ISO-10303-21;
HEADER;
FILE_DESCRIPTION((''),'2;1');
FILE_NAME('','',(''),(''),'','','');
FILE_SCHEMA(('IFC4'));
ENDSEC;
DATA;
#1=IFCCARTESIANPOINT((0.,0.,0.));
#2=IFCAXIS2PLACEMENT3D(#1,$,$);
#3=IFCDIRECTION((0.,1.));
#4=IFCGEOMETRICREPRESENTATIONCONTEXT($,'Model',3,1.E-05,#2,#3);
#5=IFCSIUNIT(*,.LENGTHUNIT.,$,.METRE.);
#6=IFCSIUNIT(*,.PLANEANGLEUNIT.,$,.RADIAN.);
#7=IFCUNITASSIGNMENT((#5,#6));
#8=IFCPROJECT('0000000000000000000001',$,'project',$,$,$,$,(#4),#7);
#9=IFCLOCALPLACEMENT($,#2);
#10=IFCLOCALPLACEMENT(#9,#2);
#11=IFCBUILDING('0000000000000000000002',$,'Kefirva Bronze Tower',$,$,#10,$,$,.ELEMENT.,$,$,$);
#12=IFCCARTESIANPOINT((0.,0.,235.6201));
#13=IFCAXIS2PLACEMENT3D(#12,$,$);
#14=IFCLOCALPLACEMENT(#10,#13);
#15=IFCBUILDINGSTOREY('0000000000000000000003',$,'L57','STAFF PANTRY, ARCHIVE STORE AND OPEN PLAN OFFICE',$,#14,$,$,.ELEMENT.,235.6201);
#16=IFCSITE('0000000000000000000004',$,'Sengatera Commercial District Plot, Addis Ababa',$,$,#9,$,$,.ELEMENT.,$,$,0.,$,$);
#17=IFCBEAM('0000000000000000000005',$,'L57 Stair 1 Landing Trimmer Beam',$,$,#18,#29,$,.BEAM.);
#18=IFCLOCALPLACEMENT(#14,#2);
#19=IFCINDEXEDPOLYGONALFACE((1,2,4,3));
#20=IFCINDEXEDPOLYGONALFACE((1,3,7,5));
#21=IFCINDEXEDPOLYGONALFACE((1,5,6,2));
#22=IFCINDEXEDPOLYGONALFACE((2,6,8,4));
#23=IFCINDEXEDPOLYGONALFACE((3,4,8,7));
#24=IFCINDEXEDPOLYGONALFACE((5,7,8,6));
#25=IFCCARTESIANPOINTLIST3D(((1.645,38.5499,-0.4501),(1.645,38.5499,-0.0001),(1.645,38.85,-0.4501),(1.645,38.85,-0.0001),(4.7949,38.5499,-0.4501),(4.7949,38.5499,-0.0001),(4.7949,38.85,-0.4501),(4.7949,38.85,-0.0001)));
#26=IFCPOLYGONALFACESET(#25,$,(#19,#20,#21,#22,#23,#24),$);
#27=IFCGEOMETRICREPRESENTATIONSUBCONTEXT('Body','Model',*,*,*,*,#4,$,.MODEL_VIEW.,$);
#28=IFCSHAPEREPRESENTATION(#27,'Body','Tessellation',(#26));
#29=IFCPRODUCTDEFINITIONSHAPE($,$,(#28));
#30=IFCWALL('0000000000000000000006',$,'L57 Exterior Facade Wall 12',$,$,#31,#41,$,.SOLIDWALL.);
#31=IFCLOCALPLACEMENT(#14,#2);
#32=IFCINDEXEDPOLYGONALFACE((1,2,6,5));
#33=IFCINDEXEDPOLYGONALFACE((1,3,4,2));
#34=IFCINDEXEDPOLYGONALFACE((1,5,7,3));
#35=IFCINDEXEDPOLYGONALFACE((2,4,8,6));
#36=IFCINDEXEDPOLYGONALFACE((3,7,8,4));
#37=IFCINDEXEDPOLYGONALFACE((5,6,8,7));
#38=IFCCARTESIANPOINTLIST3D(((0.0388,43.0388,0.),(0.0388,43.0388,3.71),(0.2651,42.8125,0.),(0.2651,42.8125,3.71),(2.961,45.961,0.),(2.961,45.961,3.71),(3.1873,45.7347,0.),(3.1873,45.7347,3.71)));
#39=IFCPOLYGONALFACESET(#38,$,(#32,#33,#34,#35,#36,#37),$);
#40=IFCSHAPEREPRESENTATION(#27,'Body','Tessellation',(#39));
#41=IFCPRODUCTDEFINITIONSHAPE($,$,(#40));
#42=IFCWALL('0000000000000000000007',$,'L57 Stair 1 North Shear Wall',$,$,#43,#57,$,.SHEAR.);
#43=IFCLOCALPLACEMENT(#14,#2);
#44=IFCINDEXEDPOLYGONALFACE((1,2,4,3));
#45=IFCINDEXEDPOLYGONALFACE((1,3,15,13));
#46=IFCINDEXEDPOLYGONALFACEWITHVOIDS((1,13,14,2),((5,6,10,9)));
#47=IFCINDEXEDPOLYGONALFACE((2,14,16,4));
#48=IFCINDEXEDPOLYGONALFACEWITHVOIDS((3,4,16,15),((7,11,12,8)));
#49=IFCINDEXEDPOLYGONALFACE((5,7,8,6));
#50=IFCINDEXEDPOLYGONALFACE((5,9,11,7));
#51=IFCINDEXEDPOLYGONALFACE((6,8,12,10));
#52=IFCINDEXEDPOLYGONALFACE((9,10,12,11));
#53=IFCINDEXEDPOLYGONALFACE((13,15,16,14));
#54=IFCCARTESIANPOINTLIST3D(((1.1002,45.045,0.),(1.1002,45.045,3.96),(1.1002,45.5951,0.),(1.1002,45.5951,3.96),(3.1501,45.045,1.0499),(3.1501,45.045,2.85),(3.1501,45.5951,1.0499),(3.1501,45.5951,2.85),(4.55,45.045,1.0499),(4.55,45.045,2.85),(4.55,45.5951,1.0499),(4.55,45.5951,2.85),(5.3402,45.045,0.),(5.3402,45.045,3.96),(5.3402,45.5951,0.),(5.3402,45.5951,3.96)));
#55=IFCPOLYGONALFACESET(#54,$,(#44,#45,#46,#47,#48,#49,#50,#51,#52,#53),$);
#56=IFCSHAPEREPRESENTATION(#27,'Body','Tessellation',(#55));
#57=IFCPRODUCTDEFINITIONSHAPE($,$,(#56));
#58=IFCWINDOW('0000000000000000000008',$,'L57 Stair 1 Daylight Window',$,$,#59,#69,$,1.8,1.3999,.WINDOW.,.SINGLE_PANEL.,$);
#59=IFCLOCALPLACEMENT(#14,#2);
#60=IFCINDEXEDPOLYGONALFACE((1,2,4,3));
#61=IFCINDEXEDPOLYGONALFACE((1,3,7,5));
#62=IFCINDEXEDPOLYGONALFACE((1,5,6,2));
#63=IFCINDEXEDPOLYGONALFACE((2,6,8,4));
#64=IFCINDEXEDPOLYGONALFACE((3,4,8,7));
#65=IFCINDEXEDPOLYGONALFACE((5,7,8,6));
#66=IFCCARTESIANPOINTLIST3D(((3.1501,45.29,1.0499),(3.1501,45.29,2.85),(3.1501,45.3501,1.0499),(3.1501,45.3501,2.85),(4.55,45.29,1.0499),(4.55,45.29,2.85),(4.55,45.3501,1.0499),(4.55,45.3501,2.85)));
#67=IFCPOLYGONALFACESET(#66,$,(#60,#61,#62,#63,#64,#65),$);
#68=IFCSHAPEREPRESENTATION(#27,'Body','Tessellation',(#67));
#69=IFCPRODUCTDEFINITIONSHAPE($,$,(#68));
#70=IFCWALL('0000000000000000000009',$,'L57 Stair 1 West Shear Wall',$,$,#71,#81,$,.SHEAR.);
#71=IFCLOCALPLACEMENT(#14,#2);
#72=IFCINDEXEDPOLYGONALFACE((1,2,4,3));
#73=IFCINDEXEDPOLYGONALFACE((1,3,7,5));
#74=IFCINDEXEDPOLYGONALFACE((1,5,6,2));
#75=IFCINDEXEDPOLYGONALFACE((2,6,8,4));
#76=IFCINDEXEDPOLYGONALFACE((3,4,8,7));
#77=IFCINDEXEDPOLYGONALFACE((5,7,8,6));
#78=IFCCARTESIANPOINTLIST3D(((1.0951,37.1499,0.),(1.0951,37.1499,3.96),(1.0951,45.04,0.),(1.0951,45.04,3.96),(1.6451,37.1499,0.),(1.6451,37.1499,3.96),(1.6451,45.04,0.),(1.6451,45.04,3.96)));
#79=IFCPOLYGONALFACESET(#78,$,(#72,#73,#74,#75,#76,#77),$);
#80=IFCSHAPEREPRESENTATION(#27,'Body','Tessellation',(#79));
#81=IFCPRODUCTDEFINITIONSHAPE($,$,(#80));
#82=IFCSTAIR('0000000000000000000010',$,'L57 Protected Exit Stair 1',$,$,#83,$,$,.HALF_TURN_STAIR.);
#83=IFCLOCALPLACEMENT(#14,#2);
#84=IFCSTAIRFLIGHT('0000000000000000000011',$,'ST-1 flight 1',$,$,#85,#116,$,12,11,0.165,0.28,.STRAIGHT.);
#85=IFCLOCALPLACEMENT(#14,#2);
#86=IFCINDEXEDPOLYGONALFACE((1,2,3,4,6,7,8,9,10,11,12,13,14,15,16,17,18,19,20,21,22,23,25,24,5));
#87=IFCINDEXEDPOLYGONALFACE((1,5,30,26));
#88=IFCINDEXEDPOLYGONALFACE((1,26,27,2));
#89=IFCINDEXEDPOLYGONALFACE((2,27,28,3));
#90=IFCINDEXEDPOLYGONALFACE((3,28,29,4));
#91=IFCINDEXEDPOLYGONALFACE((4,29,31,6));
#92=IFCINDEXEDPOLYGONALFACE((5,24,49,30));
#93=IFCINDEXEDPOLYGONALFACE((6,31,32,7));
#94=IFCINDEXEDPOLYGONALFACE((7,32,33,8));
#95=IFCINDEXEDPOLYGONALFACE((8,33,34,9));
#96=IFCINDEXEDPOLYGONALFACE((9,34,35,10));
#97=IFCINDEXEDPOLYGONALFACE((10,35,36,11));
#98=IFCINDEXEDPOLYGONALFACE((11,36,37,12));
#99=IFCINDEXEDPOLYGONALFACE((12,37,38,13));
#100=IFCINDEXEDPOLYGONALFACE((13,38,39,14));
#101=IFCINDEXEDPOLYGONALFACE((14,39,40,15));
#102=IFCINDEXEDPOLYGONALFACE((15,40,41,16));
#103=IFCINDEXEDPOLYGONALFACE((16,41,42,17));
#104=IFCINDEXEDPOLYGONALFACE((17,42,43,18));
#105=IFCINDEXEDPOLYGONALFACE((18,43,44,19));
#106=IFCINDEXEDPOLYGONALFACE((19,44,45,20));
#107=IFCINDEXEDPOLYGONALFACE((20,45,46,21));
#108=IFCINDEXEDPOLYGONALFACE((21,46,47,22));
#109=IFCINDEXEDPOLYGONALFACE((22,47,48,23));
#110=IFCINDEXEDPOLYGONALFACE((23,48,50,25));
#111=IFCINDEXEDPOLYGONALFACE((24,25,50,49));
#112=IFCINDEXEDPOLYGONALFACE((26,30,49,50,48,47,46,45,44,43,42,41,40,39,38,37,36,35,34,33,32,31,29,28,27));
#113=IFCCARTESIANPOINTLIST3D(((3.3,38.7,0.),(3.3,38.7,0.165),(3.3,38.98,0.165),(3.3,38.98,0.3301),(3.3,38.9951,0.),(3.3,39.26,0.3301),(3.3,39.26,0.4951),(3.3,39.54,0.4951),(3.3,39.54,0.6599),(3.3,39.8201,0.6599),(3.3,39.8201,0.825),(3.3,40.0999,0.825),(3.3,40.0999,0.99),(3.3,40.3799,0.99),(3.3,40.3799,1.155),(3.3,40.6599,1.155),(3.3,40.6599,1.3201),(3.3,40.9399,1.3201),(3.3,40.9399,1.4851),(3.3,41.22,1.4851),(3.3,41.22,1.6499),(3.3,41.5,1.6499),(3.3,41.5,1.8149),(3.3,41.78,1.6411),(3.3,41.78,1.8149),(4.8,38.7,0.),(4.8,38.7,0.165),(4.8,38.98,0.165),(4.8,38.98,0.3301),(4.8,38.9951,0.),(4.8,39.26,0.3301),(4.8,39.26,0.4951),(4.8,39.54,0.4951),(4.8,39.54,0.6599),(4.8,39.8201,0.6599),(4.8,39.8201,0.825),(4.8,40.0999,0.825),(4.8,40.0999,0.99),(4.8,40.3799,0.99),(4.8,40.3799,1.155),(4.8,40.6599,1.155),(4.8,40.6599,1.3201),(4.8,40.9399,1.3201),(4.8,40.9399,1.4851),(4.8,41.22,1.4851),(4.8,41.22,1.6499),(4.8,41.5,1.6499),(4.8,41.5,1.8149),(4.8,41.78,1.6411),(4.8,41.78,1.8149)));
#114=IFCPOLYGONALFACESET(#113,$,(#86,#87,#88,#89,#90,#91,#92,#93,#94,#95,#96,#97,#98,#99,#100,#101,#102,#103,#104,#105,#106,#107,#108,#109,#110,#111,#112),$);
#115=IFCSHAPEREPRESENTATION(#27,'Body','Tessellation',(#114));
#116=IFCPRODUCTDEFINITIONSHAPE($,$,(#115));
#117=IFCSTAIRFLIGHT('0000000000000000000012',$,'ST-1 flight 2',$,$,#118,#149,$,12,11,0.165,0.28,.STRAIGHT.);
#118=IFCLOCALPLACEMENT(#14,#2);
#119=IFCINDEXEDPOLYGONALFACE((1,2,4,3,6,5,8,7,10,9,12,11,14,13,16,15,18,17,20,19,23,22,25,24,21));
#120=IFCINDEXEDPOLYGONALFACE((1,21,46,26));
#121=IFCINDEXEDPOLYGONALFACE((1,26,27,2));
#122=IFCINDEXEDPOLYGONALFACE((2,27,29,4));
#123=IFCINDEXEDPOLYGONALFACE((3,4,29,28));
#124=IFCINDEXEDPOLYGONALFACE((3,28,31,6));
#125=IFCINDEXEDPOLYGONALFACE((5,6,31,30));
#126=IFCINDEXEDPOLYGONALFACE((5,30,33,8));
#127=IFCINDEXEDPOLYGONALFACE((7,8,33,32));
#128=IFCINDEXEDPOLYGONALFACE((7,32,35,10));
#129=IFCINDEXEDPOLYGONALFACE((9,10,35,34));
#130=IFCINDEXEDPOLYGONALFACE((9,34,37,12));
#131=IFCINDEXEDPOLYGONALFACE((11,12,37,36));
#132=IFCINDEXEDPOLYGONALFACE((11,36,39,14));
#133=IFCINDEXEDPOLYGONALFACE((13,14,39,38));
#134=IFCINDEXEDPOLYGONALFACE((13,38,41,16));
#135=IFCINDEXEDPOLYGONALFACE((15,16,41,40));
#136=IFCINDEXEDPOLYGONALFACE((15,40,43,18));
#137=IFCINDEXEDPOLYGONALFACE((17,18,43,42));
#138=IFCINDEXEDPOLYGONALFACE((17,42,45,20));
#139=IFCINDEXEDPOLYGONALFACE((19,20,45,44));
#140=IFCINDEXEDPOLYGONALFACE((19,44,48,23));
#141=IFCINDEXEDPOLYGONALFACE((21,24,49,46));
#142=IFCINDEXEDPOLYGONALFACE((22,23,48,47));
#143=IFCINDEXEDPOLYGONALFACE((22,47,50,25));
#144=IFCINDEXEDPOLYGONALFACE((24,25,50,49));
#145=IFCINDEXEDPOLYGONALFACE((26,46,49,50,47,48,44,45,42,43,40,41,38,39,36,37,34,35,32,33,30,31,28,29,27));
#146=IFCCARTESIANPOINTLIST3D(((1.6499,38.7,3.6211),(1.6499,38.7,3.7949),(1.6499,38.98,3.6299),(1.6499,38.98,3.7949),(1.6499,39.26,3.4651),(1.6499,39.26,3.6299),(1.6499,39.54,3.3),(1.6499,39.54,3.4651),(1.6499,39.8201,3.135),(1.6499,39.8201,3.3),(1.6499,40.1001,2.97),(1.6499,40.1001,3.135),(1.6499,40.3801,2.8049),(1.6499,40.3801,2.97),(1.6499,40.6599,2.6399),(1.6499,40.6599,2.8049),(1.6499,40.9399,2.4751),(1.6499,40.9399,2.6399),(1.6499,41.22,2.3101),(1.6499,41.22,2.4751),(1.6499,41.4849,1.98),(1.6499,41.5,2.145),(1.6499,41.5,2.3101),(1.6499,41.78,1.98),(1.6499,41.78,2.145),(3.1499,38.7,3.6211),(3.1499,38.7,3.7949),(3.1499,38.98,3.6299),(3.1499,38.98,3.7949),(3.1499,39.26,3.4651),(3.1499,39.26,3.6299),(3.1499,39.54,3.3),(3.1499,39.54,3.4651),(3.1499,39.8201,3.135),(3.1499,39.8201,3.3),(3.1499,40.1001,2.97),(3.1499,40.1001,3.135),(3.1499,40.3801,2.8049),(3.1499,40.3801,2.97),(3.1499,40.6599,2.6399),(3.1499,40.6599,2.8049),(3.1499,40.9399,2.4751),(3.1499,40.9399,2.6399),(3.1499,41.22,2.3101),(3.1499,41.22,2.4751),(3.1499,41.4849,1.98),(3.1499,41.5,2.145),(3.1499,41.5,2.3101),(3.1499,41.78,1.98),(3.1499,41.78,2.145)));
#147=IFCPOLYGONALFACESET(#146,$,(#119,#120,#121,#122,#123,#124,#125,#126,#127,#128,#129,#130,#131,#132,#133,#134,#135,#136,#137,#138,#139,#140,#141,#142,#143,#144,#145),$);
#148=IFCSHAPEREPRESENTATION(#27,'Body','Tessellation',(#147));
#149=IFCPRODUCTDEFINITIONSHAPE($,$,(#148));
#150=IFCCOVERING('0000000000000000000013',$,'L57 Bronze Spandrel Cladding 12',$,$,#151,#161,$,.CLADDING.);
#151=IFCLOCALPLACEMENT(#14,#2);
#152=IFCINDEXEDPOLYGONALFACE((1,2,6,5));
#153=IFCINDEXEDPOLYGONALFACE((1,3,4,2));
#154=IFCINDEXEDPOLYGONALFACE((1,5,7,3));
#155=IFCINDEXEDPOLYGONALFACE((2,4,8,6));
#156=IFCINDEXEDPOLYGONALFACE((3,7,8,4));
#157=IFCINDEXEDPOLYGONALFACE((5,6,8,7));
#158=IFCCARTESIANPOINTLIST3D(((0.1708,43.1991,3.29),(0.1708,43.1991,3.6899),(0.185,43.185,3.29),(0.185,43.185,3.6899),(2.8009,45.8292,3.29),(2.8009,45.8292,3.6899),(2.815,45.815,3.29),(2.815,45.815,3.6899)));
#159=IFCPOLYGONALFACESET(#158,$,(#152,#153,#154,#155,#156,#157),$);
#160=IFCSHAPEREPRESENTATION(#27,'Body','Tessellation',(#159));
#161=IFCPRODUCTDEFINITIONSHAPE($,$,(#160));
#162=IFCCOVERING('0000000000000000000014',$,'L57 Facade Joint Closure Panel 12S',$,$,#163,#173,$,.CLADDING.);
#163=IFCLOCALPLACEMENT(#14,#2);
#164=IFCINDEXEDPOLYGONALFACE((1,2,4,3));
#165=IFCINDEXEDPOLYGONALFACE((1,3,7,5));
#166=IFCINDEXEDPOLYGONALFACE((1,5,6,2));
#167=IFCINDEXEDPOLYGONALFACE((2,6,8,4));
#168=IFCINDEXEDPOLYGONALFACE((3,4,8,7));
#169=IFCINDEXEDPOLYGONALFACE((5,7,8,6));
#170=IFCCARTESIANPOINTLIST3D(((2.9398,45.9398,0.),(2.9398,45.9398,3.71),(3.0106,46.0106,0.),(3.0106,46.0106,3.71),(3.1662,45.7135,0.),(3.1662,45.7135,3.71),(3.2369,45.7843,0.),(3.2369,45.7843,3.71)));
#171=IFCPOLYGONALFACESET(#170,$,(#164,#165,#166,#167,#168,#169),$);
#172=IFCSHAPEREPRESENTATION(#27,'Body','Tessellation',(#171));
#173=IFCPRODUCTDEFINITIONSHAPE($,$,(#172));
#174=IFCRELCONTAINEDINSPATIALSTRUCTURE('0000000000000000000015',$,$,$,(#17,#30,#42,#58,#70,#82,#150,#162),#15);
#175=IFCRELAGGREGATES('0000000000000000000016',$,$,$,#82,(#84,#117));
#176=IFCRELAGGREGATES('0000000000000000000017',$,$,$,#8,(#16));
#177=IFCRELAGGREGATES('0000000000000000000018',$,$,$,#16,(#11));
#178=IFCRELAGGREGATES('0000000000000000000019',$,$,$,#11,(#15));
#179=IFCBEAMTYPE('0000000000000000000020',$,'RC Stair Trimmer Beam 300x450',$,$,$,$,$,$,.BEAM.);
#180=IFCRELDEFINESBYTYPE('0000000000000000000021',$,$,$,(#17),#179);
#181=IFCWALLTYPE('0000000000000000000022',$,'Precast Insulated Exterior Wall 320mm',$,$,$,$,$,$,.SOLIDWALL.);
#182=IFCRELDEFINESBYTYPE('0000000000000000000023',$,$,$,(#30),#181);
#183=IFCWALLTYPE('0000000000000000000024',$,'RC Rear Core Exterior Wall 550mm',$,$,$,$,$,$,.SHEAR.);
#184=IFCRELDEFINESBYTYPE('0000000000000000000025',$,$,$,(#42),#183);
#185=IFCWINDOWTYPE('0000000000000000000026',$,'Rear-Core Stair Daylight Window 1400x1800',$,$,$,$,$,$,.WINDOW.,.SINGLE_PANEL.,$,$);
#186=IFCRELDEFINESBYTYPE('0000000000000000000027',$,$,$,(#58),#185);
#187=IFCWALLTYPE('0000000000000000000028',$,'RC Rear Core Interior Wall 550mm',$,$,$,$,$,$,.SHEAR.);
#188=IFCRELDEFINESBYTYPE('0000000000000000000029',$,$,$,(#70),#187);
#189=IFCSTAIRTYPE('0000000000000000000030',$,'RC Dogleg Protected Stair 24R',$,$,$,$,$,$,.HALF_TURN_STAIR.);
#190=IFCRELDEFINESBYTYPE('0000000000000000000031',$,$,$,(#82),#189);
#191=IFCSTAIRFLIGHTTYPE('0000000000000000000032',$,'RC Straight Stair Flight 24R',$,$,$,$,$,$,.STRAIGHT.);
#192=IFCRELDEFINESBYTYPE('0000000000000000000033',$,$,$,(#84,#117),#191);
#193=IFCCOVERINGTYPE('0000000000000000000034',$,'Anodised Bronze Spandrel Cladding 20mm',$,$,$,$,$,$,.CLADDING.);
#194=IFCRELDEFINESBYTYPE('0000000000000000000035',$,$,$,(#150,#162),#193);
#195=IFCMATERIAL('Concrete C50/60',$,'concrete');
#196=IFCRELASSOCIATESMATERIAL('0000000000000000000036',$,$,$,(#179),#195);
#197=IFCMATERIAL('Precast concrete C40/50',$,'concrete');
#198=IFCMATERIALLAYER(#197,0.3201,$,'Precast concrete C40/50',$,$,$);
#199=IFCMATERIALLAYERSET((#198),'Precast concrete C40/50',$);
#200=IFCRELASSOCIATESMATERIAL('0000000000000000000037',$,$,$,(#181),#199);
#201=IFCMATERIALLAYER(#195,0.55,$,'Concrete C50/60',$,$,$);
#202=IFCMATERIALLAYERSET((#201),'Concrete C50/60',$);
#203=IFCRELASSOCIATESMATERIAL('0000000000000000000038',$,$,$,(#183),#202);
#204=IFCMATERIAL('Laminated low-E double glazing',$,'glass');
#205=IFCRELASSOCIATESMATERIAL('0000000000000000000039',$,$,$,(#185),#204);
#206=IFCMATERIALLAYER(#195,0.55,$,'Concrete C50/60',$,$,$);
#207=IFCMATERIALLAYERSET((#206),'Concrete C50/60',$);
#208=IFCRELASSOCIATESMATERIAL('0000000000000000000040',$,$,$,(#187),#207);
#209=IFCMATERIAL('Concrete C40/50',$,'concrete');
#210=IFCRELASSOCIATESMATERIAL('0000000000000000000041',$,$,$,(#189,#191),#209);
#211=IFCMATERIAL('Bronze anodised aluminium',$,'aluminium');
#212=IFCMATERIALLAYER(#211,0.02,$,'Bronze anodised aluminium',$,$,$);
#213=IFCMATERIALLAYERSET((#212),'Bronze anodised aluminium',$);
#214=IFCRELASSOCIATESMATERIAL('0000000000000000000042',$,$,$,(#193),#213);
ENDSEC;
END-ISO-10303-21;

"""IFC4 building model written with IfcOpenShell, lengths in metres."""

from ifc_helpers import new_model, si_unit, direction, frame, frame_2d, origin, origin_2d, place, context, subcontext, project, spatial, polyline, rectangle, outline, extrude, material, layer, layer_set, material_profile, profile_set, type_object, element, fill, aggregate, save


model = new_model("IFC4")

# Units and contexts
model_context = context("Model", 3, precision=1e-05, world=origin(), true_north=direction((0.0, 1.0)))
body_context = subcontext(model_context, "Body", "Model", "MODEL_VIEW")
ifc_project = project(units=[si_unit("LENGTHUNIT", "METRE"), si_unit("PLANEANGLEUNIT", "RADIAN")], contexts=[model_context])

# Site, building, storey
site_placement = place(None, origin())
site = spatial("IfcSite", under=ifc_project, at=site_placement, Name="Sengatera Commercial District Plot, Addis Ababa", CompositionType="ELEMENT", RefElevation=0.0)
building_placement = place(site_placement, origin())
building = spatial("IfcBuilding", under=site, at=building_placement, Name="Kefirva Bronze Tower", CompositionType="ELEMENT")
storey_placement = place(building_placement, frame((0.0, 0.0, 235.6201)))
storey = spatial("IfcBuildingStorey", under=building, at=storey_placement, Name="L57", Description="STAFF PANTRY, ARCHIVE STORE AND OPEN PLAN OFFICE", CompositionType="ELEMENT", Elevation=235.6201)

# Beam
ifc_material_1 = material(Name="Concrete C50/60", Category="concrete")
ifc_material_profile = material_profile(ifc_material_1, rectangle(XDim=0.3, YDim=0.45, at=origin_2d()), Name="RC 300x450")
ifc_profile_set = profile_set([ifc_material_profile], Name="Concrete C50/60")
beam_type = type_object("IfcBeamType", Name="RC Stair Trimmer Beam 300x450", PredefinedType="BEAM", material=ifc_profile_set)
beam_placement = place(storey_placement, frame((1.645, 38.7, -0.2251), z_axis=(1.0, 0.0, 0.0), x_axis=(0.0, 1.0, 0.0)))
element("IfcBeam", 1, at=beam_placement, inside=storey, type_object=beam_type, Name="L57 Stair 1 Landing Trimmer Beam", PredefinedType="BEAM", context=body_context, shape_type="SweptSolid", body=[
    extrude(rectangle(XDim=0.3, YDim=0.45, at=origin_2d()), origin(), (0.0, 0.0, 1.0), 3.1499),
])

# Wall
ifc_material_2 = material(Name="Precast concrete C40/50", Category="concrete")
ifc_layer_1 = layer(ifc_material_2, 0.3201, Name="Precast concrete C40/50")
ifc_layer_set_1 = layer_set([ifc_layer_1], Name="Precast concrete C40/50")
wall_type_1 = type_object("IfcWallType", Name="Precast Insulated Exterior Wall 320mm", PredefinedType="SOLIDWALL", material=ifc_layer_set_1)
wall_1_placement = place(storey_placement, frame((3.0742, 45.8479, 0.0), z_axis=(0.0, 0.0, 1.0), x_axis=(-0.707107, -0.707107, 0.0)))
element("IfcWall", 2, at=wall_1_placement, inside=storey, type_object=wall_type_1, Name="L57 Exterior Facade Wall 12", PredefinedType="SOLIDWALL", context=body_context, shape_type="SweptSolid", body=[
    extrude(rectangle(XDim=4.1326, YDim=0.3201, at=frame_2d((2.0664, 0.0))), origin(), (0.0, 0.0, 1.0), 3.71),
])

# Wall, opening, window
ifc_layer_2 = layer(ifc_material_1, 0.55, Name="Concrete C50/60")
ifc_layer_set_2 = layer_set([ifc_layer_2], Name="Concrete C50/60")
wall_type_2 = type_object("IfcWallType", Name="RC Rear Core Exterior Wall 550mm", PredefinedType="SHEAR", material=ifc_layer_set_2)
wall_2_placement = place(storey_placement, frame((1.1001, 45.3201, 0.0), z_axis=(0.0, 0.0, 1.0), x_axis=(1.0, 0.0, 0.0)))
wall_2 = element("IfcWall", 3, at=wall_2_placement, inside=storey, type_object=wall_type_2, Name="L57 Stair 1 North Shear Wall", PredefinedType="SHEAR", context=body_context, shape_type="SweptSolid", body=[
    extrude(rectangle(XDim=4.24, YDim=0.55, at=frame_2d((2.1201, 0.0))), origin(), (0.0, 0.0, 1.0), 3.96),
])
opening_1_placement = place(wall_2_placement, frame((2.05, 0.0, 1.05)))
opening_1 = element("IfcOpeningElement", 4, at=opening_1_placement, cuts=wall_2, PredefinedType="OPENING", context=body_context, shape_type="SweptSolid", body=[
    extrude(rectangle(XDim=1.3999, YDim=1.8, at=frame_2d((0.7, 0.8999))), frame((0.0, 0.2852, 0.0), z_axis=(0.0, -1.0, 0.0), x_axis=(1.0, 0.0, 0.0)), (0.0, 0.0, 1.0), 0.5701),
])
ifc_material_3 = material(Name="Laminated low-E double glazing", Category="glass")
window_type = type_object("IfcWindowType", Name="Rear-Core Stair Daylight Window 1400x1800", PartitioningType="SINGLE_PANEL", PredefinedType="WINDOW", material=ifc_material_3)
window_placement = place(opening_1_placement, origin())
window = element("IfcWindow", 5, at=window_placement, inside=storey, type_object=window_type, Name="L57 Stair 1 Daylight Window", OverallHeight=1.8, OverallWidth=1.3999, PartitioningType="SINGLE_PANEL", PredefinedType="WINDOW", context=body_context, shape_type="SweptSolid", body=[
    extrude(rectangle(XDim=1.3999, YDim=1.8, at=frame_2d((0.7, 0.8999))), frame((0.0, 0.03, 0.0), z_axis=(0.0, -1.0, 0.0), x_axis=(1.0, 0.0, 0.0)), (0.0, 0.0, 1.0), 0.0601),
])
fill(opening_1, window)

# Wall
ifc_layer_3 = layer(ifc_material_1, 0.55, Name="Concrete C50/60")
ifc_layer_set_3 = layer_set([ifc_layer_3], Name="Concrete C50/60")
wall_type_3 = type_object("IfcWallType", Name="RC Rear Core Interior Wall 550mm", PredefinedType="SHEAR", material=ifc_layer_set_3)
wall_3_placement = place(storey_placement, frame((1.3701, 37.1499, 0.0), z_axis=(0.0, 0.0, 1.0), x_axis=(0.0, 1.0, 0.0)))
element("IfcWall", 6, at=wall_3_placement, inside=storey, type_object=wall_type_3, Name="L57 Stair 1 West Shear Wall", PredefinedType="SHEAR", context=body_context, shape_type="SweptSolid", body=[
    extrude(rectangle(XDim=7.8901, YDim=0.55, at=frame_2d((3.9451, 0.0))), origin(), (0.0, 0.0, 1.0), 3.96),
])

# Stair, stair flights
ifc_material_4 = material(Name="Concrete C40/50", Category="concrete")
stair_type = type_object("IfcStairType", Name="RC Dogleg Protected Stair 24R", PredefinedType="HALF_TURN_STAIR", material=ifc_material_4)
stair_placement = place(storey_placement, origin())
stair = element("IfcStair", 7, at=stair_placement, inside=storey, type_object=stair_type, Name="L57 Protected Exit Stair 1", PredefinedType="HALF_TURN_STAIR")
stair_flight_type = type_object("IfcStairFlightType", Name="RC Straight Stair Flight 24R", PredefinedType="STRAIGHT", material=ifc_material_4)
stair_flight_1_placement = place(storey_placement, frame((4.05, 38.7, 0.0), z_axis=(0.0, 0.0, 1.0), x_axis=(0.0, 1.0, 0.0)))
stair_flight_1 = element("IfcStairFlight", 8, at=stair_flight_1_placement, type_object=stair_flight_type, Name="ST-1 flight 1", NumberOfRisers=12, NumberOfTreads=11, PredefinedType="STRAIGHT", RiserHeight=0.165, TreadLength=0.28, context=body_context, shape_type="SweptSolid", body=[
    extrude(outline(polyline([(0.0, 0.0), (0.0, 0.165), (0.28, 0.165), (0.28, 0.3301), (0.5601, 0.3301), (0.5601, 0.4951), (0.8401, 0.4951), (0.8401, 0.6599), (1.1201, 0.6599), (1.1201, 0.825), (1.3999, 0.825), (1.3999, 0.99), (1.6799, 0.99), (1.6799, 1.155), (1.96, 1.155), (1.96, 1.3201), (2.24, 1.3201), (2.24, 1.4851), (2.52, 1.4851), (2.52, 1.6499), (2.8, 1.6499), (2.8, 1.8149), (3.0801, 1.8149), (3.0801, 1.98), (3.0801, 1.6411), (0.2952, 0.0), (0.0, 0.0)])), frame((0.0, 0.75, 0.0), z_axis=(0.0, -1.0, 0.0), x_axis=(1.0, 0.0, 0.0)), (0.0, 0.0, 1.0), 1.5),
])
stair_flight_2_placement = place(storey_placement, frame((2.3999, 41.78, 1.98), z_axis=(0.0, 0.0, 1.0), x_axis=(0.0, -1.0, 0.0)))
stair_flight_2 = element("IfcStairFlight", 9, at=stair_flight_2_placement, type_object=stair_flight_type, Name="ST-1 flight 2", NumberOfRisers=12, NumberOfTreads=11, PredefinedType="STRAIGHT", RiserHeight=0.165, TreadLength=0.28, context=body_context, shape_type="SweptSolid", body=[
    extrude(outline(polyline([(0.0, 0.0), (0.0, 0.165), (0.28, 0.165), (0.28, 0.3301), (0.5601, 0.3301), (0.5601, 0.4951), (0.8401, 0.4951), (0.8401, 0.6599), (1.1201, 0.6599), (1.1201, 0.825), (1.3999, 0.825), (1.3999, 0.99), (1.6799, 0.99), (1.6799, 1.155), (1.96, 1.155), (1.96, 1.3201), (2.24, 1.3201), (2.24, 1.4851), (2.52, 1.4851), (2.52, 1.6499), (2.8, 1.6499), (2.8, 1.8149), (3.0801, 1.8149), (3.0801, 1.98), (3.0801, 1.6411), (0.2952, 0.0), (0.0, 0.0)])), frame((0.0, 0.75, 0.0), z_axis=(0.0, -1.0, 0.0), x_axis=(1.0, 0.0, 0.0)), (0.0, 0.0, 1.0), 1.5),
])
aggregate(stair, [stair_flight_1, stair_flight_2])

# Coverings
ifc_material_5 = material(Name="Bronze anodised aluminium", Category="aluminium")
ifc_layer_4 = layer(ifc_material_5, 0.02, Name="Bronze anodised aluminium")
ifc_layer_set_4 = layer_set([ifc_layer_4], Name="Bronze anodised aluminium")
covering_type_1 = type_object("IfcCoveringType", Name="Anodised Bronze Spandrel Cladding 20mm", PredefinedType="CLADDING", material=ifc_layer_set_4)
covering_1_placement = place(storey_placement, frame((1.4929, 44.5071, 3.29), z_axis=(0.0, 0.0, 1.0), x_axis=(-0.707107, -0.707107, 0.0)))
element("IfcCovering", 10, at=covering_1_placement, inside=storey, type_object=covering_type_1, Name="L57 Bronze Spandrel Cladding 12", PredefinedType="CLADDING", context=body_context, shape_type="SweptSolid", body=[
    extrude(rectangle(XDim=3.7195, YDim=0.02, at=origin_2d()), origin(), (0.0, 0.0, 1.0), 0.3999),
])
for number, where, z_axis, x_axis, name in (
    (11, (3.0884, 45.8621, 0.0), (0.0, 0.0, 1.0), (-0.707107, -0.707107, 0.0), "L57 Facade Joint Closure Panel 12S"),
):
    element("IfcCovering", number, at=place(storey_placement, frame(where, z_axis=z_axis, x_axis=x_axis)), inside=storey, type_object=covering_type_1, Name=name, PredefinedType="CLADDING", context=body_context, shape_type="SweptSolid", body=[
        extrude(rectangle(XDim=0.1001, YDim=0.3201, at=origin_2d()), origin(), (0.0, 0.0, 1.0), 3.71),
    ])

save(model, "model.ifc")
